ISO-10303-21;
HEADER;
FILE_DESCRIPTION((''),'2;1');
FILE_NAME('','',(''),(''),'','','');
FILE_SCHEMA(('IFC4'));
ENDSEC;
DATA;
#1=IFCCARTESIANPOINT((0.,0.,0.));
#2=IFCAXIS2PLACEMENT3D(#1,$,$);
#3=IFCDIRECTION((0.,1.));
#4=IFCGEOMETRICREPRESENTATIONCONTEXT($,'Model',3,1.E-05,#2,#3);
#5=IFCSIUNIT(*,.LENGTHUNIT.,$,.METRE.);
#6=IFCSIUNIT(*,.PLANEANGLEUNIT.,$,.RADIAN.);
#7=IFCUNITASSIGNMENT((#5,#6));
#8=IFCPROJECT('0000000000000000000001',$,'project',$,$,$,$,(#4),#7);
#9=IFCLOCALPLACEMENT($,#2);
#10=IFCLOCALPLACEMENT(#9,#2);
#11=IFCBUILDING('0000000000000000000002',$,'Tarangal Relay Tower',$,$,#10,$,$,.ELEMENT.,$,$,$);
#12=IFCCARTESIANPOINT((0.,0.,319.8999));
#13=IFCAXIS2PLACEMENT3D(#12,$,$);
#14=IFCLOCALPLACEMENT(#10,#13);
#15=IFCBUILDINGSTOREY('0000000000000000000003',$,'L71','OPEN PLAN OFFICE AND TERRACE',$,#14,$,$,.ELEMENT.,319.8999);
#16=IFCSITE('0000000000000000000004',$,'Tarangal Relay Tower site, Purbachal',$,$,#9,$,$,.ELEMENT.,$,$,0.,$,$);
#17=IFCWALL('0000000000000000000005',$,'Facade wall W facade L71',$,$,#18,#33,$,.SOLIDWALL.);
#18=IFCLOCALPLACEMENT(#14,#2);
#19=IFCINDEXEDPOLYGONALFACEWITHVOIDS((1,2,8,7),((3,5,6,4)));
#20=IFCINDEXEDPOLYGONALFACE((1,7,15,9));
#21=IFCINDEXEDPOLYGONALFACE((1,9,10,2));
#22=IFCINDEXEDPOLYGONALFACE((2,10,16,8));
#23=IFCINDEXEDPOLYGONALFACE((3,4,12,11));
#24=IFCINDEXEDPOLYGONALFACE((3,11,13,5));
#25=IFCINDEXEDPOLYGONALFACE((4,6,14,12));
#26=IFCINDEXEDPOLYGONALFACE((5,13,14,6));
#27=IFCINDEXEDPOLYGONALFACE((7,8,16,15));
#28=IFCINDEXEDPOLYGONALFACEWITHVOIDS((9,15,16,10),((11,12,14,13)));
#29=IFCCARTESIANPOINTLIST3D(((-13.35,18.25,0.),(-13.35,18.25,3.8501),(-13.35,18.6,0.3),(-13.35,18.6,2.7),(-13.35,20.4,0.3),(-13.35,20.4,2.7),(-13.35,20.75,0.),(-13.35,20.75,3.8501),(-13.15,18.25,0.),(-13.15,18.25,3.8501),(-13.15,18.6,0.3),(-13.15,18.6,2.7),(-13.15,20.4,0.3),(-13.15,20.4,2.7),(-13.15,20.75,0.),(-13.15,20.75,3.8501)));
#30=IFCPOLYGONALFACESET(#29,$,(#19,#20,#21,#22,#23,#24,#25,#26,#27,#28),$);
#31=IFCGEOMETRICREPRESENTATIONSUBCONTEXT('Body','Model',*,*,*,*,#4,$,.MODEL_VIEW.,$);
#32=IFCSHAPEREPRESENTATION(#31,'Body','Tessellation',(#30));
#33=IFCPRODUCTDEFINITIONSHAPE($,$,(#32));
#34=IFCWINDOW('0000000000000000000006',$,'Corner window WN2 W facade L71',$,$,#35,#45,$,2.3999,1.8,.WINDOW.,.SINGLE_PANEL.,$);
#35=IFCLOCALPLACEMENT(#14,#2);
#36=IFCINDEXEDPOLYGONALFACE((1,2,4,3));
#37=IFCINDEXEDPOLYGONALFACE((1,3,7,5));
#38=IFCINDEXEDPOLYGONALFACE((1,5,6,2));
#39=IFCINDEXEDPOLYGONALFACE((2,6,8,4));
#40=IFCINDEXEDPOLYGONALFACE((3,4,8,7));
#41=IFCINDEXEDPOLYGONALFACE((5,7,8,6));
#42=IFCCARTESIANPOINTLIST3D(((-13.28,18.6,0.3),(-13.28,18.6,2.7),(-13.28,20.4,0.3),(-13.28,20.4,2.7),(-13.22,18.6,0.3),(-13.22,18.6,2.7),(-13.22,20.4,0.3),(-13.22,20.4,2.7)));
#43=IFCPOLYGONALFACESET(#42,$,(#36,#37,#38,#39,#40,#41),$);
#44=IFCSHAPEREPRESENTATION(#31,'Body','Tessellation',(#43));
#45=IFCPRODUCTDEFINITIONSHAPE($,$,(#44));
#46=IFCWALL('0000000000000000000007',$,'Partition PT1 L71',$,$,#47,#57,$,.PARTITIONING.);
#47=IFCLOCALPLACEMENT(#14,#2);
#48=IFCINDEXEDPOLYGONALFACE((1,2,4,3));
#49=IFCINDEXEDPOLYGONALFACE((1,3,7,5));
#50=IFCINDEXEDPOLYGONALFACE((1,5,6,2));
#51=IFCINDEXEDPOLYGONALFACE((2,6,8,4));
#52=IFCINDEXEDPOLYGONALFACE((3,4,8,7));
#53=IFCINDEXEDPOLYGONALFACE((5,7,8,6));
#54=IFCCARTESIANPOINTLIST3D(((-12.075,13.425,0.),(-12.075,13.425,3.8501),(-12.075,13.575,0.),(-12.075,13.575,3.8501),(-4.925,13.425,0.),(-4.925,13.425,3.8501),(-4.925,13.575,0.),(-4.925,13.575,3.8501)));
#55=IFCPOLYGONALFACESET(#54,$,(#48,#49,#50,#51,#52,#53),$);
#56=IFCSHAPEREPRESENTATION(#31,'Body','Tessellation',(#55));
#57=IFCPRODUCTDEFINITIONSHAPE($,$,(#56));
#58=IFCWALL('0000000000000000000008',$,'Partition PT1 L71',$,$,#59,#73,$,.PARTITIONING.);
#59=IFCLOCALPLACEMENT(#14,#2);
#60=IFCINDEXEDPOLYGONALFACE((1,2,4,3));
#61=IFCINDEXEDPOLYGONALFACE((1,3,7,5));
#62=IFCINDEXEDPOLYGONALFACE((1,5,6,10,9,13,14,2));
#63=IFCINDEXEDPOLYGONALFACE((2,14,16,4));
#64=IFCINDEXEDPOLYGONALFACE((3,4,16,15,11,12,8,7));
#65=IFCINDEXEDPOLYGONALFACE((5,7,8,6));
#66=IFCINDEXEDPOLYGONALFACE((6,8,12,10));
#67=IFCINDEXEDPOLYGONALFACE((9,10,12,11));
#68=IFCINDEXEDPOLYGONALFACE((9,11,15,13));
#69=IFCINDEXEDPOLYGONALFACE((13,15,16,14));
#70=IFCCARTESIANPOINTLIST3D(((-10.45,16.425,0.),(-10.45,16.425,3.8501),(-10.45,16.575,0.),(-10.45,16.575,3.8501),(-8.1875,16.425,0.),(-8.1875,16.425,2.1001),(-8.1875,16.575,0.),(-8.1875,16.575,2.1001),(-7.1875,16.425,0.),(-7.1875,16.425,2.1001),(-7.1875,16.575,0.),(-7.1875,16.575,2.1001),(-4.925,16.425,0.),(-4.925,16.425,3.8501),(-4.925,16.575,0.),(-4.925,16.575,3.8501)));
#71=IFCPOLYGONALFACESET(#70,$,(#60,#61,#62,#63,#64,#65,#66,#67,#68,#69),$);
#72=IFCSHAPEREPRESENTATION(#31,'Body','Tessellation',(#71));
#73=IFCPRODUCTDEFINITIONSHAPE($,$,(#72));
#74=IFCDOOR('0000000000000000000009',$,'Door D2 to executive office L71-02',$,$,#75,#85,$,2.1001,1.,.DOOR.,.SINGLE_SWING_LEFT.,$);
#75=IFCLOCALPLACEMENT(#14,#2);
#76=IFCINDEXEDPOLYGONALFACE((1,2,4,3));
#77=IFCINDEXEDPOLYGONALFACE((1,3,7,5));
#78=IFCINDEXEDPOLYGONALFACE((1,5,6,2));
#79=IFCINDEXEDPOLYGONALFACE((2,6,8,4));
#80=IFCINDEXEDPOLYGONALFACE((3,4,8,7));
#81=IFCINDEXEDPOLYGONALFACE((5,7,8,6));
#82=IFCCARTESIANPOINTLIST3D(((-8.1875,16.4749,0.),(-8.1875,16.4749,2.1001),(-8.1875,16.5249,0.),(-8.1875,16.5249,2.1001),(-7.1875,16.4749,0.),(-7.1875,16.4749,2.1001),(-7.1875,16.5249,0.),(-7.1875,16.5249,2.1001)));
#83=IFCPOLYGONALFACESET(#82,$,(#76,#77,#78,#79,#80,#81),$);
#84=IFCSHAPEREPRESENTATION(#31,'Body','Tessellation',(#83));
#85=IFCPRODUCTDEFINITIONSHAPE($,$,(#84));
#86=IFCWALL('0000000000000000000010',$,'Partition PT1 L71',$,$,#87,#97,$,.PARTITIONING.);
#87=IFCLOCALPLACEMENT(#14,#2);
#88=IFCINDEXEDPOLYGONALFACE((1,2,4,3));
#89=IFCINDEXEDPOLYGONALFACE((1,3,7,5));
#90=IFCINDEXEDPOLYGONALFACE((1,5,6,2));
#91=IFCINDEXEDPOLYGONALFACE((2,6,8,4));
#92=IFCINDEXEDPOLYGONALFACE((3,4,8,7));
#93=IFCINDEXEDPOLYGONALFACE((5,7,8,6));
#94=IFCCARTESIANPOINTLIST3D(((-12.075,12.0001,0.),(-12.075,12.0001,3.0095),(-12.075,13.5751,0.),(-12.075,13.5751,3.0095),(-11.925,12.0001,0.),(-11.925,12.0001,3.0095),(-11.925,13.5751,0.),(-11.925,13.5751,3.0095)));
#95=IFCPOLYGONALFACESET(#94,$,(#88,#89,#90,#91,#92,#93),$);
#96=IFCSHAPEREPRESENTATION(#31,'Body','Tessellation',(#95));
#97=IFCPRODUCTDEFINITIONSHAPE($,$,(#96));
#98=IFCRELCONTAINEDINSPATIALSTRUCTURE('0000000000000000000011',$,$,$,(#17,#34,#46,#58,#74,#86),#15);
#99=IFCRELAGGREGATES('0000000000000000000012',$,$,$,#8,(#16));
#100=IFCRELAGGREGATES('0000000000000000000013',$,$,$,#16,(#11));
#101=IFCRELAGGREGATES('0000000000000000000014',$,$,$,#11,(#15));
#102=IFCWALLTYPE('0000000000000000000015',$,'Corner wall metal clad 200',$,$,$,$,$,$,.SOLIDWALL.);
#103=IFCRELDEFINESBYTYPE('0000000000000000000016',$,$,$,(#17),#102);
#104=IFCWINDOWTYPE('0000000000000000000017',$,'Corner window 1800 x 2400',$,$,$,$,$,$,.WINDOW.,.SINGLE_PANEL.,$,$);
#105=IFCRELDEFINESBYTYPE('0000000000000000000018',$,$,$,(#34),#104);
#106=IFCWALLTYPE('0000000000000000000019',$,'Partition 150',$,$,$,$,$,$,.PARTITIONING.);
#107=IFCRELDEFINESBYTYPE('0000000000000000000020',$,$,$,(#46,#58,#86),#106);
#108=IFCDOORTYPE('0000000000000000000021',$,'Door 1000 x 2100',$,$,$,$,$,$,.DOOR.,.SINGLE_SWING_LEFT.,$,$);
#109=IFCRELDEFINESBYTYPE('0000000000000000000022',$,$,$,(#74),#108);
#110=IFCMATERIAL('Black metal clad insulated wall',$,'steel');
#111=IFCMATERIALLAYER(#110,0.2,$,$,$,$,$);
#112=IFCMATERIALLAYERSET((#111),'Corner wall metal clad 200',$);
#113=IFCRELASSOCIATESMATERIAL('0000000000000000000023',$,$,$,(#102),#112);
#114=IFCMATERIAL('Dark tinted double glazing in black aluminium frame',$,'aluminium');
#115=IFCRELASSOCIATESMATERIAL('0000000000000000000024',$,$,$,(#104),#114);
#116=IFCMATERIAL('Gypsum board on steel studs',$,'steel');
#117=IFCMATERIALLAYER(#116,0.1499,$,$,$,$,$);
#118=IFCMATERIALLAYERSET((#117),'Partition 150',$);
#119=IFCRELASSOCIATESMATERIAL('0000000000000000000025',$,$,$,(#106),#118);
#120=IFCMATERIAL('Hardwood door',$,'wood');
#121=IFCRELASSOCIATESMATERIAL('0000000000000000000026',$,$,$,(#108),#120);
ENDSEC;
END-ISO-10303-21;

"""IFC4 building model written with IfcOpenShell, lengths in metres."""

from ifc_helpers import new_model, si_unit, direction, frame, frame_2d, origin, place, context, subcontext, project, spatial, rectangle, extrude, material, layer, layer_set, type_object, element, fill, save


model = new_model("IFC4")

# Units and contexts
model_context = context("Model", 3, precision=1e-05, world=origin(), true_north=direction((0.0, 1.0)))
body_context = subcontext(model_context, "Body", "Model", "MODEL_VIEW")
ifc_project = project(units=[si_unit("LENGTHUNIT", "METRE"), si_unit("PLANEANGLEUNIT", "RADIAN")], contexts=[model_context])

# Site, building, storey
site_placement = place(None, origin())
site = spatial("IfcSite", under=ifc_project, at=site_placement, Name="Tarangal Relay Tower site, Purbachal", CompositionType="ELEMENT", RefElevation=0.0)
building_placement = place(site_placement, origin())
building = spatial("IfcBuilding", under=site, at=building_placement, Name="Tarangal Relay Tower", CompositionType="ELEMENT")
storey_placement = place(building_placement, frame((0.0, 0.0, 319.8999)))
storey = spatial("IfcBuildingStorey", under=building, at=storey_placement, Name="L71", Description="OPEN PLAN OFFICE AND TERRACE", CompositionType="ELEMENT", Elevation=319.8999)

# Shared definitions
ifc_material_1 = material(Name="Black metal clad insulated wall", Category="steel")
ifc_layer_1 = layer(ifc_material_1, 0.2)
ifc_layer_set_1 = layer_set([ifc_layer_1], Name="Corner wall metal clad 200")
wall_type_1 = type_object("IfcWallType", Name="Corner wall metal clad 200", PredefinedType="SOLIDWALL", material=ifc_layer_set_1)

# Shared definitions
ifc_material_2 = material(Name="Dark tinted double glazing in black aluminium frame", Category="aluminium")
window_type = type_object("IfcWindowType", Name="Corner window 1800 x 2400", PartitioningType="SINGLE_PANEL", PredefinedType="WINDOW", material=ifc_material_2)

# Wall, opening, window
wall_1_placement = place(storey_placement, frame((-13.25, 18.25, 0.0), z_axis=(0.0, 0.0, 1.0), x_axis=(0.0, 1.0, 0.0)))
wall_1 = element("IfcWall", 1, at=wall_1_placement, inside=storey, type_object=wall_type_1, Name="Facade wall W facade L71", PredefinedType="SOLIDWALL", context=body_context, shape_type="SweptSolid", body=[
    extrude(rectangle(XDim=2.5, YDim=0.2, at=frame_2d((1.25, 0.0))), origin(), (0.0, 0.0, 1.0), 3.8501),
])
opening_1_placement = place(wall_1_placement, frame((0.3501, 0.0, 0.3)))
opening_1 = element("IfcOpeningElement", 2, at=opening_1_placement, cuts=wall_1, PredefinedType="OPENING", context=body_context, shape_type="SweptSolid", body=[
    extrude(rectangle(XDim=1.8, YDim=2.3999, at=frame_2d((0.8999, 1.2))), frame((0.0, 0.1099, 0.0), z_axis=(0.0, -1.0, 0.0), x_axis=(1.0, 0.0, 0.0)), (0.0, 0.0, 1.0), 0.22),
])
window_1_placement = place(opening_1_placement, origin())
window_1 = element("IfcWindow", 3, at=window_1_placement, inside=storey, type_object=window_type, Name="Corner window WN2 W facade L71", OverallHeight=2.3999, OverallWidth=1.8, PartitioningType="SINGLE_PANEL", PredefinedType="WINDOW", context=body_context, shape_type="SweptSolid", body=[
    extrude(rectangle(XDim=1.8, YDim=2.3999, at=frame_2d((0.8999, 1.2))), frame((0.0, 0.03, 0.0), z_axis=(0.0, -1.0, 0.0), x_axis=(1.0, 0.0, 0.0)), (0.0, 0.0, 1.0), 0.0601),
])
fill(opening_1, window_1)

# Wall
ifc_material_3 = material(Name="Gypsum board on steel studs", Category="steel")
ifc_layer_2 = layer(ifc_material_3, 0.1499)
ifc_layer_set_2 = layer_set([ifc_layer_2], Name="Partition 150")
wall_type_2 = type_object("IfcWallType", Name="Partition 150", PredefinedType="PARTITIONING", material=ifc_layer_set_2)
wall_2_placement = place(storey_placement, frame((-12.075, 13.5, 0.0), z_axis=(0.0, 0.0, 1.0), x_axis=(1.0, 0.0, 0.0)))
element("IfcWall", 4, at=wall_2_placement, inside=storey, type_object=wall_type_2, Name="Partition PT1 L71", PredefinedType="PARTITIONING", context=body_context, shape_type="SweptSolid", body=[
    extrude(rectangle(XDim=7.1499, YDim=0.1499, at=frame_2d((3.575, 0.0))), origin(), (0.0, 0.0, 1.0), 3.8501),
])

# Wall, opening, door
wall_3_placement = place(storey_placement, frame((-10.45, 16.5, 0.0), z_axis=(0.0, 0.0, 1.0), x_axis=(1.0, 0.0, 0.0)))
wall_3 = element("IfcWall", 5, at=wall_3_placement, inside=storey, type_object=wall_type_2, Name="Partition PT1 L71", PredefinedType="PARTITIONING", context=body_context, shape_type="SweptSolid", body=[
    extrude(rectangle(XDim=5.5249, YDim=0.1499, at=frame_2d((2.7625, 0.0))), origin(), (0.0, 0.0, 1.0), 3.8501),
])
opening_2_placement = place(wall_3_placement, frame((2.2625, 0.0, 0.0)))
opening_2 = element("IfcOpeningElement", 6, at=opening_2_placement, cuts=wall_3, PredefinedType="OPENING", context=body_context, shape_type="SweptSolid", body=[
    extrude(rectangle(XDim=1.0, YDim=2.1001, at=frame_2d((0.5, 1.05))), frame((0.0, 0.085, 0.0), z_axis=(0.0, -1.0, 0.0), x_axis=(1.0, 0.0, 0.0)), (0.0, 0.0, 1.0), 0.1699),
])
ifc_material_4 = material(Name="Hardwood door", Category="wood")
door_type_1 = type_object("IfcDoorType", Name="Door 1000 x 2100", OperationType="SINGLE_SWING_LEFT", PredefinedType="DOOR", material=ifc_material_4)
door_1_placement = place(opening_2_placement, origin())
door_1 = element("IfcDoor", 7, at=door_1_placement, inside=storey, type_object=door_type_1, Name="Door D2 to executive office L71-02", OperationType="SINGLE_SWING_LEFT", OverallHeight=2.1001, OverallWidth=1.0, PredefinedType="DOOR", context=body_context, shape_type="SweptSolid", body=[
    extrude(rectangle(XDim=1.0, YDim=2.1001, at=frame_2d((0.5, 1.05))), frame((0.0, 0.0249, 0.0), z_axis=(0.0, -1.0, 0.0), x_axis=(1.0, 0.0, 0.0)), (0.0, 0.0, 1.0), 0.05),
])
fill(opening_2, door_1)

# Wall
wall_4_placement = place(storey_placement, frame((-12.0, 12.0, 0.0), z_axis=(0.0, 0.0, 1.0), x_axis=(0.0, 1.0, 0.0)))
element("IfcWall", 8, at=wall_4_placement, inside=storey, type_object=wall_type_2, Name="Partition PT1 L71", PredefinedType="PARTITIONING", context=body_context, shape_type="SweptSolid", body=[
    extrude(rectangle(XDim=1.575, YDim=0.1499, at=frame_2d((0.7876, 0.0))), origin(), (0.0, 0.0, 1.0), 3.0095),
])

save(model, "model.ifc")
